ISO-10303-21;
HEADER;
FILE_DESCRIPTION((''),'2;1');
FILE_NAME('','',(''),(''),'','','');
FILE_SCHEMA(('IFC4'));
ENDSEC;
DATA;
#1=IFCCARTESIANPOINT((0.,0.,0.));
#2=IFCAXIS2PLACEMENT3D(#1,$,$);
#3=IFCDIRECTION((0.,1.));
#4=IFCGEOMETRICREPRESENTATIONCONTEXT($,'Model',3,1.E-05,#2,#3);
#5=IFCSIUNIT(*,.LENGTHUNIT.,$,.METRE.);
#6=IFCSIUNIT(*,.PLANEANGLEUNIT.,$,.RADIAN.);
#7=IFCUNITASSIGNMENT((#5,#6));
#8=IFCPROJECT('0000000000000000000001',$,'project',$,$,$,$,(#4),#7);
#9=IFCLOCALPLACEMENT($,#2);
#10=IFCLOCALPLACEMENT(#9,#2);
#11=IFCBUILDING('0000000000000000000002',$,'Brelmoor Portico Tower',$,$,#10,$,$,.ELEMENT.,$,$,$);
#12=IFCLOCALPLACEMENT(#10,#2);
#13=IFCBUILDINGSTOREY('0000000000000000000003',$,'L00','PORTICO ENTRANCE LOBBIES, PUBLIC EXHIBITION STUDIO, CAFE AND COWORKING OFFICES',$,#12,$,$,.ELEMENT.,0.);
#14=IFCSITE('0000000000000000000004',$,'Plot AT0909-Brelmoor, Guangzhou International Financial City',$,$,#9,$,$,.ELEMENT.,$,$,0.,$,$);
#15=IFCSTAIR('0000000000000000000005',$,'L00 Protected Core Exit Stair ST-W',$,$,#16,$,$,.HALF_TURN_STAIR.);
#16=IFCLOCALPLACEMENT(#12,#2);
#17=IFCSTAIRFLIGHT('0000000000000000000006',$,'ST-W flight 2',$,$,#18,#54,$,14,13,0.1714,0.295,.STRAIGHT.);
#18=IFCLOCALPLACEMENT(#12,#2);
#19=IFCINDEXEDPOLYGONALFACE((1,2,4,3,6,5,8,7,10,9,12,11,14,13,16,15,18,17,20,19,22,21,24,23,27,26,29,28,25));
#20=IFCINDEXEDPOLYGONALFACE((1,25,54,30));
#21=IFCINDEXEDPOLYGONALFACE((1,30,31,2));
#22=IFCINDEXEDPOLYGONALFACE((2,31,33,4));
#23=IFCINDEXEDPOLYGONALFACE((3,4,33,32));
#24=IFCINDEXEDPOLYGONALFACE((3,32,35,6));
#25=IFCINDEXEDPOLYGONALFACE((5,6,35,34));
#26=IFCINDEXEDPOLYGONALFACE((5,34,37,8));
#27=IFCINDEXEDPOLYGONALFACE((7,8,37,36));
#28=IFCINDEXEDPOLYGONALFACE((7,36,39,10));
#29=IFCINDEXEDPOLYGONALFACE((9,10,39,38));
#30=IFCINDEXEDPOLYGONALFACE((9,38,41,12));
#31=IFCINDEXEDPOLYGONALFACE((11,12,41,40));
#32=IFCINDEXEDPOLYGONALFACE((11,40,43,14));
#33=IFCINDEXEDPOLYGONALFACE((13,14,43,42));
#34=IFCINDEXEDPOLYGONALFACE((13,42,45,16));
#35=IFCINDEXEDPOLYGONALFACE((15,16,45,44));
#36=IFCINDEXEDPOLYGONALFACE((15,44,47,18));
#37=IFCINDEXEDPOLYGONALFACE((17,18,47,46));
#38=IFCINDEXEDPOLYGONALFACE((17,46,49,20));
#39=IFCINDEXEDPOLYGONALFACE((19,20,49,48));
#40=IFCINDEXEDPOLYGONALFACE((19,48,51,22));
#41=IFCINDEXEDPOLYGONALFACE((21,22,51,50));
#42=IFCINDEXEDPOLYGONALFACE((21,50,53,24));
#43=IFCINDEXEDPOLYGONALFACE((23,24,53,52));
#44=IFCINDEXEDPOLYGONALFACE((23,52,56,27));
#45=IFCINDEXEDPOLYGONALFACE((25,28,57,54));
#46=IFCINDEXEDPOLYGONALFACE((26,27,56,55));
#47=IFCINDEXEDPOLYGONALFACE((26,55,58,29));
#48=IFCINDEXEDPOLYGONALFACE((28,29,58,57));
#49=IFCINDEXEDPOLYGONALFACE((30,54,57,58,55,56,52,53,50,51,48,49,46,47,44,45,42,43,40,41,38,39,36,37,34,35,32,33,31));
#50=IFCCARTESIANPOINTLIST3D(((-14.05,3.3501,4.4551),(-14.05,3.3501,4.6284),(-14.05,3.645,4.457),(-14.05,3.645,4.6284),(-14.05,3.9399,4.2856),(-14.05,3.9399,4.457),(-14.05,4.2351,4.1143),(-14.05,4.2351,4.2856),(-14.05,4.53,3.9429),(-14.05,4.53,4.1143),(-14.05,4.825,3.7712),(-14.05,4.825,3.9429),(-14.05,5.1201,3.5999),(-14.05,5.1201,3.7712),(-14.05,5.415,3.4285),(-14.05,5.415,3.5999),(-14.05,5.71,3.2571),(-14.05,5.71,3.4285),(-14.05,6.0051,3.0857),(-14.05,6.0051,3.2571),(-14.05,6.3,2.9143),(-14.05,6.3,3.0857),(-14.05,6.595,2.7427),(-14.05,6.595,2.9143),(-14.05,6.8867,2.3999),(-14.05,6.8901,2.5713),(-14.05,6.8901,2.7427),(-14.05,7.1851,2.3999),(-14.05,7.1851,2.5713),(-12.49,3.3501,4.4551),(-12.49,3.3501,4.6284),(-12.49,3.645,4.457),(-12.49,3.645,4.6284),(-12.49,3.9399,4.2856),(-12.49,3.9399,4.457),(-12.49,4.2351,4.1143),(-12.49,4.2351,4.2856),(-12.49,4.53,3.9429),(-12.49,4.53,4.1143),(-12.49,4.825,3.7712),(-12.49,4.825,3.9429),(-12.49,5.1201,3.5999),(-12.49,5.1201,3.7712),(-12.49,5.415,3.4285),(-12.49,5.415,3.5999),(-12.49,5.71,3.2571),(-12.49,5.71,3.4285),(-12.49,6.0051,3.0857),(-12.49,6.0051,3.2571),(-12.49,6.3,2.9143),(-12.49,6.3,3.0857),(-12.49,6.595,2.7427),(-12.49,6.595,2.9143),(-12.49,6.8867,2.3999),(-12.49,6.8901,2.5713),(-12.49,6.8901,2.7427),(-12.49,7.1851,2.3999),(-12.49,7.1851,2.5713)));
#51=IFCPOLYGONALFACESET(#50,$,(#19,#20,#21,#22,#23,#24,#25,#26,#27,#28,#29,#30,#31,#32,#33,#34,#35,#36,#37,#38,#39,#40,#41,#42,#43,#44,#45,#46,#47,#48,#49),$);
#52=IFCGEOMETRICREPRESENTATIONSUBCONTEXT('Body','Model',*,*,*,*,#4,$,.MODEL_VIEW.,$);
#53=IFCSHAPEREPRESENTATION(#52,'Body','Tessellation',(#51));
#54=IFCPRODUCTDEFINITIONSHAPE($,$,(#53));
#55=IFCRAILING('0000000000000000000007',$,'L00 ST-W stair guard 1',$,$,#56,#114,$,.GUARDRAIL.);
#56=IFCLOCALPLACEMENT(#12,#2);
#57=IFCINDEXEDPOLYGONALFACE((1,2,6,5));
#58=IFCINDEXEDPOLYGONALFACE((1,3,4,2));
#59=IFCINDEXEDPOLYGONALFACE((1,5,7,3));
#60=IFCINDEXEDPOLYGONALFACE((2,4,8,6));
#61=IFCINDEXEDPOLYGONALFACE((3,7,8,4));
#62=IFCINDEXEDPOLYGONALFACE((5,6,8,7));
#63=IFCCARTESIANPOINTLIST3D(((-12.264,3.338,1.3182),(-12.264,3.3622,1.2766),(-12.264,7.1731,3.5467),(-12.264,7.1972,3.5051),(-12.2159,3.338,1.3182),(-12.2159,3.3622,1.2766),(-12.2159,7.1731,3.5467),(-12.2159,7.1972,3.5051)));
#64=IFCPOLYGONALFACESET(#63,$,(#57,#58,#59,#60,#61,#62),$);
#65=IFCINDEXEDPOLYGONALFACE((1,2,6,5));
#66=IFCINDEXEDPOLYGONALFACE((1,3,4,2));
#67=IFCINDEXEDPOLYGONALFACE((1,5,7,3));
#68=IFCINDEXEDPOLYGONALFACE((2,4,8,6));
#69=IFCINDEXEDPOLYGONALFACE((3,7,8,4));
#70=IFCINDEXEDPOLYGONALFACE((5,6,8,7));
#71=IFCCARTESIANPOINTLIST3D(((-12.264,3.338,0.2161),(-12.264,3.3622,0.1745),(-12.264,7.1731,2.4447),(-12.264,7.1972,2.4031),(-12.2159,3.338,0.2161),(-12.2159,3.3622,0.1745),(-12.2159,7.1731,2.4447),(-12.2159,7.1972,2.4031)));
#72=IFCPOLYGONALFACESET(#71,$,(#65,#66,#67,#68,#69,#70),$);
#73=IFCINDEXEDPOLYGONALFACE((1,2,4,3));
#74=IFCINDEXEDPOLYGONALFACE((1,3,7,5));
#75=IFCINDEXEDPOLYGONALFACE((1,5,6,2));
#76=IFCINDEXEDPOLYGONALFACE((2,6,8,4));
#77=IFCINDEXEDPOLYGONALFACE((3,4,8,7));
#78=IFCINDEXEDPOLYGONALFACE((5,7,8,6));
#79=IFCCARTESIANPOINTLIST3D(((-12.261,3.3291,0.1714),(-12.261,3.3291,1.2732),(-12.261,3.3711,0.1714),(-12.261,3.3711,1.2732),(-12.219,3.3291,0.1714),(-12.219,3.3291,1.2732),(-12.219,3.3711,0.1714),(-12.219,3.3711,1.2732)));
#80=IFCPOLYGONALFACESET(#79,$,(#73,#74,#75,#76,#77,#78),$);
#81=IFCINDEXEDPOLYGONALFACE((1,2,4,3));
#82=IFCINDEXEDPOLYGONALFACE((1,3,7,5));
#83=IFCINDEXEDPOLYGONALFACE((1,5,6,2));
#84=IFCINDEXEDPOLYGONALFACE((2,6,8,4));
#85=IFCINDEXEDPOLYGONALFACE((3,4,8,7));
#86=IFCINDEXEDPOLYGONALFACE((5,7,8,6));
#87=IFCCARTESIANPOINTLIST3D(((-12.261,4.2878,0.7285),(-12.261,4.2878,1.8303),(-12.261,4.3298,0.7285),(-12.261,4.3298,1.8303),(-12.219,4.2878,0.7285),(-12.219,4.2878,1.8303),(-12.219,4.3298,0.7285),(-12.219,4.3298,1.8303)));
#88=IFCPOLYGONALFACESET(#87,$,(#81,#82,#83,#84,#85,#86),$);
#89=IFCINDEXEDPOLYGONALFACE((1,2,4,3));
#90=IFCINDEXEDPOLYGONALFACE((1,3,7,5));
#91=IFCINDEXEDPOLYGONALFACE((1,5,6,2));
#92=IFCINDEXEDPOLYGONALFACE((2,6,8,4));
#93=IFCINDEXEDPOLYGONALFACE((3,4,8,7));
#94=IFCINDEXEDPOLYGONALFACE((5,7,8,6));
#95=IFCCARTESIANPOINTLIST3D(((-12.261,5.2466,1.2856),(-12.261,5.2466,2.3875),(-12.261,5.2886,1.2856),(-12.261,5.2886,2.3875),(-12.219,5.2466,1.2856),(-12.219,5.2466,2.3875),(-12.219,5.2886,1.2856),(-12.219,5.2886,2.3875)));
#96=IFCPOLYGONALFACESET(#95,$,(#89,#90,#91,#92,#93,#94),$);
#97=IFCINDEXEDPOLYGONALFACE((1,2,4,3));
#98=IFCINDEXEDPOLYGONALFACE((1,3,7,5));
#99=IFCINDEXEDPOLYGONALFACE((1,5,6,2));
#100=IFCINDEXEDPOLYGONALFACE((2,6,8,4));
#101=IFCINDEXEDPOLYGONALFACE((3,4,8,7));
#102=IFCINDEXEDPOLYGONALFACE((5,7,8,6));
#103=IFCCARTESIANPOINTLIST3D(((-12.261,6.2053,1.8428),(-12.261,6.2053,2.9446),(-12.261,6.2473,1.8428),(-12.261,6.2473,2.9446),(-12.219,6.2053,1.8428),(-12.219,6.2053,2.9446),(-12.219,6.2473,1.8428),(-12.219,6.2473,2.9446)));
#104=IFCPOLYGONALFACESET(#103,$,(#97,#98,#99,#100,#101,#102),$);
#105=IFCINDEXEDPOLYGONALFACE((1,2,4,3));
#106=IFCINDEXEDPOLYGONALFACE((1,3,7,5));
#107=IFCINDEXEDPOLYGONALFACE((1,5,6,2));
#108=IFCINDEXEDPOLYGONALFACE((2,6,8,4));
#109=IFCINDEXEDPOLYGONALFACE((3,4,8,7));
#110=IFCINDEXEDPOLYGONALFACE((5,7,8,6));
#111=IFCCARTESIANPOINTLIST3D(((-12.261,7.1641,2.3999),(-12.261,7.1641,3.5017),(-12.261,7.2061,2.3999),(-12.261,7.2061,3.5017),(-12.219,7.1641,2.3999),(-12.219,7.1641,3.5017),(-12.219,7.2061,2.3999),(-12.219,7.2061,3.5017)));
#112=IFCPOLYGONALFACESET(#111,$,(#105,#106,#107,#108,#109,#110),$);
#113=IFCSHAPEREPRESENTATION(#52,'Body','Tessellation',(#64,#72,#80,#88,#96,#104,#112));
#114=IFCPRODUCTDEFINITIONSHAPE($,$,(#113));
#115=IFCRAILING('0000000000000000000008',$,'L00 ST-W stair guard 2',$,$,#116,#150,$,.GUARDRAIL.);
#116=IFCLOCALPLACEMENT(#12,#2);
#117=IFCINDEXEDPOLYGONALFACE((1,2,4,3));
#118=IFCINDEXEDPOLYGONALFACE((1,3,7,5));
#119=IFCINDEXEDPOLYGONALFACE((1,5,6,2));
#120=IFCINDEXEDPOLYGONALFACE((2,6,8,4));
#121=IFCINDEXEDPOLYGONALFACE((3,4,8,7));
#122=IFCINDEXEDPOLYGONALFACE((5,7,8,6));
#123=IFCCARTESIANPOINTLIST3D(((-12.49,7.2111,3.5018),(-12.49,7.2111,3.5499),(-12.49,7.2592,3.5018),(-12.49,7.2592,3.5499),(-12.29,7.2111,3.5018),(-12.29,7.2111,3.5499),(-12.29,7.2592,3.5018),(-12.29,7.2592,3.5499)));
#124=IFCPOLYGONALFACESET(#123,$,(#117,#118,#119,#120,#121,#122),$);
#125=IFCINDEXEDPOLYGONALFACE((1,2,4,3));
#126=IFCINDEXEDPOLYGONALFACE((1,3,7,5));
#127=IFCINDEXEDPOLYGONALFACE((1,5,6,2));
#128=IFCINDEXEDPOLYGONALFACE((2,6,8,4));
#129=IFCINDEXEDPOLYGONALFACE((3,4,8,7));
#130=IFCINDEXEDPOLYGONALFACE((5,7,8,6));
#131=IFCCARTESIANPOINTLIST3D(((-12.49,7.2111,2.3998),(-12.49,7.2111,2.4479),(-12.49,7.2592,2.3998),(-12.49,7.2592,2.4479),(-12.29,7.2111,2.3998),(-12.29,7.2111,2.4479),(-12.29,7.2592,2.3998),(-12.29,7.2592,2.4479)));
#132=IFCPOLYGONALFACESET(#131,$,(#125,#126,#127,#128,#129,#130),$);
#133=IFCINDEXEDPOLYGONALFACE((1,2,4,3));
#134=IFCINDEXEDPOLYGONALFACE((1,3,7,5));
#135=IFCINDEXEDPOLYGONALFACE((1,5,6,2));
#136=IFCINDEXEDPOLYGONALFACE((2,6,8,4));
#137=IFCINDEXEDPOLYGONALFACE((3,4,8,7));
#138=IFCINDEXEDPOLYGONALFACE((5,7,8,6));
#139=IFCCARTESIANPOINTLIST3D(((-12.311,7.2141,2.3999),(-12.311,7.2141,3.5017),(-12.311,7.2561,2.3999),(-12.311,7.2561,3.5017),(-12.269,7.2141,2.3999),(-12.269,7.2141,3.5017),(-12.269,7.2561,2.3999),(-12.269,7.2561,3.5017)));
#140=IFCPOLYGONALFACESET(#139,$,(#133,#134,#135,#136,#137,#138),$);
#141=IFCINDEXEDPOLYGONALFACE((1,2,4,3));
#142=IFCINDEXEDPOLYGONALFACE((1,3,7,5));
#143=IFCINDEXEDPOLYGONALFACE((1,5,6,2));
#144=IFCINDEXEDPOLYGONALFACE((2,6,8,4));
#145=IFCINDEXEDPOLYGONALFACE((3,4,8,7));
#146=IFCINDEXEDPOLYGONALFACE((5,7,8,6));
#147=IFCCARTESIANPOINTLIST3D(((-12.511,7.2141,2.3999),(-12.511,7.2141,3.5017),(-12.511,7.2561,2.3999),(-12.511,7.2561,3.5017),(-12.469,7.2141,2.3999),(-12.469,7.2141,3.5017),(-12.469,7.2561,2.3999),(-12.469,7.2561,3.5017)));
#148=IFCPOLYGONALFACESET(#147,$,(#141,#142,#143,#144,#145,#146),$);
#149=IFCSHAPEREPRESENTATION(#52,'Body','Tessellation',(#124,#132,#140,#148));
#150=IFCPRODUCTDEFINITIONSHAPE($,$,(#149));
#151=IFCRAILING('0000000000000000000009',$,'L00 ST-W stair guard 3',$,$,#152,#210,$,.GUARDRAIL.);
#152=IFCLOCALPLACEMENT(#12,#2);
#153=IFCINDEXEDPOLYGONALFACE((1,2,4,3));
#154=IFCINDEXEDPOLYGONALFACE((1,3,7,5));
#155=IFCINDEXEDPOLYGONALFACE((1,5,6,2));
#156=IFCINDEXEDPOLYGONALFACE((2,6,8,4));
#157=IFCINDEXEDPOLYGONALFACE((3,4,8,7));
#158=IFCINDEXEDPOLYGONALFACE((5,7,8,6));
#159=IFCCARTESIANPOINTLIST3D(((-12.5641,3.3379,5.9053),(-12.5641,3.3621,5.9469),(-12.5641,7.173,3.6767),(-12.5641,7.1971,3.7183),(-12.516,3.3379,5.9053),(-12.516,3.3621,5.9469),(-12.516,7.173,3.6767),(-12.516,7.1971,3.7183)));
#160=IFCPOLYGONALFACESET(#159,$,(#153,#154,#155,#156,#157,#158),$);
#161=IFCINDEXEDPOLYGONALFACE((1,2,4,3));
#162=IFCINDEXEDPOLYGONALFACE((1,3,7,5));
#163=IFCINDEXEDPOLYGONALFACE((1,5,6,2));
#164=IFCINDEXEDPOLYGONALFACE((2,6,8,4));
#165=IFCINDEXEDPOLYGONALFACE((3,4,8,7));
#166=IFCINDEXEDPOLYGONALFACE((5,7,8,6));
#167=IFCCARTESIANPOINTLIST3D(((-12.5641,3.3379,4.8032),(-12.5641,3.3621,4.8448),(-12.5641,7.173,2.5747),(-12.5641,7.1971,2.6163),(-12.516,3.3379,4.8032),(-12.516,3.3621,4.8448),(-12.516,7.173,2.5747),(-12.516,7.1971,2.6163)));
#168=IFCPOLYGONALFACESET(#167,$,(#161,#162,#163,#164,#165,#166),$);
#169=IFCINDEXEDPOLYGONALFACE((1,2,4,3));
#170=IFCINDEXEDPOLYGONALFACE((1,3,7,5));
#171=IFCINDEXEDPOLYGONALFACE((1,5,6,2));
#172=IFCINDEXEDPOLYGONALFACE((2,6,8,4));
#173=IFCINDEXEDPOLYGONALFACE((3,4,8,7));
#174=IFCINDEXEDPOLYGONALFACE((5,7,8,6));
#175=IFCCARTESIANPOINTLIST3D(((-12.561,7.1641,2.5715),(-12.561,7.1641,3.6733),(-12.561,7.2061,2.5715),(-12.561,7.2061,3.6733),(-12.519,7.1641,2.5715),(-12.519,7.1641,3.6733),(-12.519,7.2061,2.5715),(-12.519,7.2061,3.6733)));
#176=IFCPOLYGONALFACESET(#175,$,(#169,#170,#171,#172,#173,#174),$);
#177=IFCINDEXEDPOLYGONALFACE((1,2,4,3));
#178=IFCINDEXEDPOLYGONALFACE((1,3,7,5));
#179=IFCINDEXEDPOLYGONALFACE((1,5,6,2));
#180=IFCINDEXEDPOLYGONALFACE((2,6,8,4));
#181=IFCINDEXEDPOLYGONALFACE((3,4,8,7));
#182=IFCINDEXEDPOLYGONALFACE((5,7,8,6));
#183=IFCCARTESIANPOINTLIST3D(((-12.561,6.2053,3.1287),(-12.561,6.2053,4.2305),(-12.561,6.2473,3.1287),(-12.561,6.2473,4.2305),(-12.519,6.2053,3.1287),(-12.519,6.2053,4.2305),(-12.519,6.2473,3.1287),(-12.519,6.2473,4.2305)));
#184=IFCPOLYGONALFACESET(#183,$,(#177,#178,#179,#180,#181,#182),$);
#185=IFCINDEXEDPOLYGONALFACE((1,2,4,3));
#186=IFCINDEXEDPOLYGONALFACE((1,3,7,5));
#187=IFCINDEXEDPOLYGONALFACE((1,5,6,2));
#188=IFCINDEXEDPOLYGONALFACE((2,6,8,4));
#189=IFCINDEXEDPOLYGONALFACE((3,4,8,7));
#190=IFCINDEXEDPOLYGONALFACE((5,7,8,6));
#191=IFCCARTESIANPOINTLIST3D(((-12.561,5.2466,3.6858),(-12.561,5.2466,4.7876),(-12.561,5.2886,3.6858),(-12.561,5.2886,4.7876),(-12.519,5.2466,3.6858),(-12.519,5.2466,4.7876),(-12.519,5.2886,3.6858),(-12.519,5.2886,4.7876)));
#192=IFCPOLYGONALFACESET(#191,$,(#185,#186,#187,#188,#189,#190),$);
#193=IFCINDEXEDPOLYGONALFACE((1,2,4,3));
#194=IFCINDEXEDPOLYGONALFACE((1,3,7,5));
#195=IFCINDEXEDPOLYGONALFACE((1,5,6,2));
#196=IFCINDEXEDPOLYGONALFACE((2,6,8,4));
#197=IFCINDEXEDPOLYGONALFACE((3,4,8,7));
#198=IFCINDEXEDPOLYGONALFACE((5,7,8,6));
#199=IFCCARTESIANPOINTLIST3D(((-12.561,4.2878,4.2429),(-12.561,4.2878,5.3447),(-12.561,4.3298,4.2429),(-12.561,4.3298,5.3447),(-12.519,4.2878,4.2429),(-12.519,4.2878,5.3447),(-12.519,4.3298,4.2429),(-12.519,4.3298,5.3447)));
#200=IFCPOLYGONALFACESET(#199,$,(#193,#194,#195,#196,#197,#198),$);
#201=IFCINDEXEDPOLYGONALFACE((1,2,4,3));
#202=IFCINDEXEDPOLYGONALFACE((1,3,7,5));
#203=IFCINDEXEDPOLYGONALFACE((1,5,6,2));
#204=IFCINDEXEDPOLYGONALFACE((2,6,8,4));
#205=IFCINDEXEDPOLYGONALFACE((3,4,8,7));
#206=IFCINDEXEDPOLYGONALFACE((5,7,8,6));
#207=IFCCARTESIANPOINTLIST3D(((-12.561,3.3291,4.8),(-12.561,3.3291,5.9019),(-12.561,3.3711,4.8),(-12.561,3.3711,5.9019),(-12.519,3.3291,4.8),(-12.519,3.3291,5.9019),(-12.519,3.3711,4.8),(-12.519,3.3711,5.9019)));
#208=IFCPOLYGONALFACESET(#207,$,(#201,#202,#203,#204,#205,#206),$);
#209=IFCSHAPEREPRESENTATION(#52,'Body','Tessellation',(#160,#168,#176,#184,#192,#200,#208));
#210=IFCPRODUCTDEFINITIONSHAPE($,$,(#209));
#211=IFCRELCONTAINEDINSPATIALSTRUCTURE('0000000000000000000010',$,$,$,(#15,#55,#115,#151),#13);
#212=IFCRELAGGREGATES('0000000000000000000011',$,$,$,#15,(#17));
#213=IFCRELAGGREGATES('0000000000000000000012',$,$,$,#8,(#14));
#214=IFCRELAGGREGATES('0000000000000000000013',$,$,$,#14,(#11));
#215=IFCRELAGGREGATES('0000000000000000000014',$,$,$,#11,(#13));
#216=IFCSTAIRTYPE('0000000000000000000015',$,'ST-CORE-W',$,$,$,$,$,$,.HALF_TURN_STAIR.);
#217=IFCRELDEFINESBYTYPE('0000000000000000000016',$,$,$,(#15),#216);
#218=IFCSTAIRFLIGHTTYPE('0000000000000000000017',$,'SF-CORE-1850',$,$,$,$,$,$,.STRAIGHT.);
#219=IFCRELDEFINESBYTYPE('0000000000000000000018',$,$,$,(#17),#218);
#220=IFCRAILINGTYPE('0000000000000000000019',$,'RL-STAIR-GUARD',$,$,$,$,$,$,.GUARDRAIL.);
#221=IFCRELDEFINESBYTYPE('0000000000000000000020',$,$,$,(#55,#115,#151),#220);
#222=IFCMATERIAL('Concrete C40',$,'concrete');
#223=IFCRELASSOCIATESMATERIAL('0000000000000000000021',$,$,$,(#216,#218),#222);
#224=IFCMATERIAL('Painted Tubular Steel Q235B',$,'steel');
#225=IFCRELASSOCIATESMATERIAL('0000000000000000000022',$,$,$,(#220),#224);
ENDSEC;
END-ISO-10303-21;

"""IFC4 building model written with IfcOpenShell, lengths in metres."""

from ifc_helpers import new_model, si_unit, direction, frame, origin, origin_2d, place, context, subcontext, project, spatial, polyline, rectangle, outline, extrude, material, type_object, element, aggregate, save


model = new_model("IFC4")

# Units and contexts
model_context = context("Model", 3, precision=1e-05, world=origin(), true_north=direction((0.0, 1.0)))
body_context = subcontext(model_context, "Body", "Model", "MODEL_VIEW")
ifc_project = project(units=[si_unit("LENGTHUNIT", "METRE"), si_unit("PLANEANGLEUNIT", "RADIAN")], contexts=[model_context])

# Site, building, storey
site_placement = place(None, origin())
site = spatial("IfcSite", under=ifc_project, at=site_placement, Name="Plot AT0909-Brelmoor, Guangzhou International Financial City", CompositionType="ELEMENT", RefElevation=0.0)
building_placement = place(site_placement, origin())
building = spatial("IfcBuilding", under=site, at=building_placement, Name="Brelmoor Portico Tower", CompositionType="ELEMENT")
storey_placement = place(building_placement, origin())
storey = spatial("IfcBuildingStorey", under=building, at=storey_placement, Name="L00", Description="PORTICO ENTRANCE LOBBIES, PUBLIC EXHIBITION STUDIO, CAFE AND COWORKING OFFICES", CompositionType="ELEMENT", Elevation=0.0)

# Shared definitions
ifc_material_1 = material(Name="Concrete C40", Category="concrete")

# Stair, stair flight
stair_type = type_object("IfcStairType", Name="ST-CORE-W", PredefinedType="HALF_TURN_STAIR", material=ifc_material_1)
stair_placement = place(storey_placement, origin())
stair = element("IfcStair", 1, at=stair_placement, inside=storey, type_object=stair_type, Name="L00 Protected Core Exit Stair ST-W", PredefinedType="HALF_TURN_STAIR")
stair_flight_type = type_object("IfcStairFlightType", Name="SF-CORE-1850", PredefinedType="STRAIGHT", material=ifc_material_1)
stair_flight_1_placement = place(storey_placement, frame((-13.27, 7.1851, 2.3999), z_axis=(0.0, 0.0, 1.0), x_axis=(0.0, -1.0, 0.0)))
stair_flight_1 = element("IfcStairFlight", 2, at=stair_flight_1_placement, type_object=stair_flight_type, Name="ST-W flight 2", NumberOfRisers=14, NumberOfTreads=13, PredefinedType="STRAIGHT", RiserHeight=0.1714, TreadLength=0.295, context=body_context, shape_type="SweptSolid", body=[
    extrude(outline(polyline([(0.0, 0.0), (0.0, 0.1714), (0.2949, 0.1714), (0.2949, 0.3428), (0.5901, 0.3428), (0.5901, 0.5144), (0.885, 0.5144), (0.885, 0.6858), (1.1799, 0.6858), (1.1799, 0.8572), (1.4751, 0.8572), (1.4751, 1.0286), (1.77, 1.0286), (1.77, 1.2), (2.0649, 1.2), (2.0649, 1.3713), (2.3601, 1.3713), (2.3601, 1.543), (2.655, 1.543), (2.655, 1.7144), (2.95, 1.7144), (2.95, 1.8857), (3.2451, 1.8857), (3.2451, 2.0571), (3.54, 2.0571), (3.54, 2.2285), (3.835, 2.2285), (3.835, 2.3999), (3.835, 2.0552), (0.2983, 0.0), (0.0, 0.0)])), frame((0.0, 0.78, 0.0), z_axis=(0.0, -1.0, 0.0), x_axis=(1.0, 0.0, 0.0)), (0.0, 0.0, 1.0), 1.5601),
])
aggregate(stair, [stair_flight_1])

# Railings
ifc_material_2 = material(Name="Painted Tubular Steel Q235B", Category="steel")
railing_type_1 = type_object("IfcRailingType", Name="RL-STAIR-GUARD", PredefinedType="GUARDRAIL", material=ifc_material_2)
railing_1_placement = place(storey_placement, frame((-12.24, 3.3501, 0.1714)))
element("IfcRailing", 3, at=railing_1_placement, inside=storey, type_object=railing_type_1, Name="L00 ST-W stair guard 1", PredefinedType="GUARDRAIL", context=body_context, shape_type="SweptSolid", body=[
    extrude(rectangle(XDim=0.0481, YDim=0.0481, at=origin_2d()), frame((0.0, 0.0, 1.126), z_axis=(0.0, 0.864616, 0.502433), x_axis=(-1.0, 0.0, 0.0)), (0.0, 0.0, 1.0), 4.4355),
    extrude(rectangle(XDim=0.0481, YDim=0.0481, at=origin_2d()), frame((0.0, 0.0, 0.0239), z_axis=(0.0, 0.864616, 0.502433), x_axis=(-1.0, 0.0, 0.0)), (0.0, 0.0, 1.0), 4.4355),
    extrude(rectangle(XDim=0.042, YDim=0.042, at=origin_2d()), origin(), (0.0, 0.0, 1.0), 1.1018),
    extrude(rectangle(XDim=0.042, YDim=0.042, at=origin_2d()), frame((0.0, 0.9587, 0.5571)), (0.0, 0.0, 1.0), 1.1018),
    extrude(rectangle(XDim=0.042, YDim=0.042, at=origin_2d()), frame((0.0, 1.9175, 1.1143)), (0.0, 0.0, 1.0), 1.1018),
    extrude(rectangle(XDim=0.042, YDim=0.042, at=origin_2d()), frame((0.0, 2.8762, 1.6714)), (0.0, 0.0, 1.0), 1.1018),
    extrude(rectangle(XDim=0.042, YDim=0.042, at=origin_2d()), frame((0.0, 3.835, 2.2285)), (0.0, 0.0, 1.0), 1.1018),
])
railing_2_placement = place(storey_placement, frame((-12.29, 7.2351, 2.3999)))
element("IfcRailing", 4, at=railing_2_placement, inside=storey, type_object=railing_type_1, Name="L00 ST-W stair guard 2", PredefinedType="GUARDRAIL", context=body_context, shape_type="SweptSolid", body=[
    extrude(rectangle(XDim=0.0481, YDim=0.0481, at=origin_2d()), frame((0.0, 0.0, 1.126), z_axis=(-1.0, 0.0, 0.0), x_axis=(0.0, -1.0, 0.0)), (0.0, 0.0, 1.0), 0.2),
    extrude(rectangle(XDim=0.0481, YDim=0.0481, at=origin_2d()), frame((0.0, 0.0, 0.0239), z_axis=(-1.0, 0.0, 0.0), x_axis=(0.0, -1.0, 0.0)), (0.0, 0.0, 1.0), 0.2),
    extrude(rectangle(XDim=0.042, YDim=0.042, at=origin_2d()), origin(), (0.0, 0.0, 1.0), 1.1018),
    extrude(rectangle(XDim=0.042, YDim=0.042, at=origin_2d()), frame((-0.2, 0.0, 0.0)), (0.0, 0.0, 1.0), 1.1018),
])
railing_3_placement = place(storey_placement, frame((-12.54, 7.1851, 2.5715)))
element("IfcRailing", 5, at=railing_3_placement, inside=storey, type_object=railing_type_1, Name="L00 ST-W stair guard 3", PredefinedType="GUARDRAIL", context=body_context, shape_type="SweptSolid", body=[
    extrude(rectangle(XDim=0.0481, YDim=0.0481, at=origin_2d()), frame((0.0, 0.0, 1.126), z_axis=(0.0, -0.864616, 0.502433), x_axis=(1.0, 0.0, 0.0)), (0.0, 0.0, 1.0), 4.4355),
    extrude(rectangle(XDim=0.0481, YDim=0.0481, at=origin_2d()), frame((0.0, 0.0, 0.0239), z_axis=(0.0, -0.864616, 0.502433), x_axis=(1.0, 0.0, 0.0)), (0.0, 0.0, 1.0), 4.4355),
    extrude(rectangle(XDim=0.042, YDim=0.042, at=origin_2d()), origin(), (0.0, 0.0, 1.0), 1.1018),
    extrude(rectangle(XDim=0.042, YDim=0.042, at=origin_2d()), frame((0.0, -0.9587, 0.5571)), (0.0, 0.0, 1.0), 1.1018),
    extrude(rectangle(XDim=0.042, YDim=0.042, at=origin_2d()), frame((0.0, -1.9175, 1.1143)), (0.0, 0.0, 1.0), 1.1018),
    extrude(rectangle(XDim=0.042, YDim=0.042, at=origin_2d()), frame((0.0, -2.8762, 1.6714)), (0.0, 0.0, 1.0), 1.1018),
    extrude(rectangle(XDim=0.042, YDim=0.042, at=origin_2d()), frame((0.0, -3.835, 2.2285)), (0.0, 0.0, 1.0), 1.1018),
])

save(model, "model.ifc")
